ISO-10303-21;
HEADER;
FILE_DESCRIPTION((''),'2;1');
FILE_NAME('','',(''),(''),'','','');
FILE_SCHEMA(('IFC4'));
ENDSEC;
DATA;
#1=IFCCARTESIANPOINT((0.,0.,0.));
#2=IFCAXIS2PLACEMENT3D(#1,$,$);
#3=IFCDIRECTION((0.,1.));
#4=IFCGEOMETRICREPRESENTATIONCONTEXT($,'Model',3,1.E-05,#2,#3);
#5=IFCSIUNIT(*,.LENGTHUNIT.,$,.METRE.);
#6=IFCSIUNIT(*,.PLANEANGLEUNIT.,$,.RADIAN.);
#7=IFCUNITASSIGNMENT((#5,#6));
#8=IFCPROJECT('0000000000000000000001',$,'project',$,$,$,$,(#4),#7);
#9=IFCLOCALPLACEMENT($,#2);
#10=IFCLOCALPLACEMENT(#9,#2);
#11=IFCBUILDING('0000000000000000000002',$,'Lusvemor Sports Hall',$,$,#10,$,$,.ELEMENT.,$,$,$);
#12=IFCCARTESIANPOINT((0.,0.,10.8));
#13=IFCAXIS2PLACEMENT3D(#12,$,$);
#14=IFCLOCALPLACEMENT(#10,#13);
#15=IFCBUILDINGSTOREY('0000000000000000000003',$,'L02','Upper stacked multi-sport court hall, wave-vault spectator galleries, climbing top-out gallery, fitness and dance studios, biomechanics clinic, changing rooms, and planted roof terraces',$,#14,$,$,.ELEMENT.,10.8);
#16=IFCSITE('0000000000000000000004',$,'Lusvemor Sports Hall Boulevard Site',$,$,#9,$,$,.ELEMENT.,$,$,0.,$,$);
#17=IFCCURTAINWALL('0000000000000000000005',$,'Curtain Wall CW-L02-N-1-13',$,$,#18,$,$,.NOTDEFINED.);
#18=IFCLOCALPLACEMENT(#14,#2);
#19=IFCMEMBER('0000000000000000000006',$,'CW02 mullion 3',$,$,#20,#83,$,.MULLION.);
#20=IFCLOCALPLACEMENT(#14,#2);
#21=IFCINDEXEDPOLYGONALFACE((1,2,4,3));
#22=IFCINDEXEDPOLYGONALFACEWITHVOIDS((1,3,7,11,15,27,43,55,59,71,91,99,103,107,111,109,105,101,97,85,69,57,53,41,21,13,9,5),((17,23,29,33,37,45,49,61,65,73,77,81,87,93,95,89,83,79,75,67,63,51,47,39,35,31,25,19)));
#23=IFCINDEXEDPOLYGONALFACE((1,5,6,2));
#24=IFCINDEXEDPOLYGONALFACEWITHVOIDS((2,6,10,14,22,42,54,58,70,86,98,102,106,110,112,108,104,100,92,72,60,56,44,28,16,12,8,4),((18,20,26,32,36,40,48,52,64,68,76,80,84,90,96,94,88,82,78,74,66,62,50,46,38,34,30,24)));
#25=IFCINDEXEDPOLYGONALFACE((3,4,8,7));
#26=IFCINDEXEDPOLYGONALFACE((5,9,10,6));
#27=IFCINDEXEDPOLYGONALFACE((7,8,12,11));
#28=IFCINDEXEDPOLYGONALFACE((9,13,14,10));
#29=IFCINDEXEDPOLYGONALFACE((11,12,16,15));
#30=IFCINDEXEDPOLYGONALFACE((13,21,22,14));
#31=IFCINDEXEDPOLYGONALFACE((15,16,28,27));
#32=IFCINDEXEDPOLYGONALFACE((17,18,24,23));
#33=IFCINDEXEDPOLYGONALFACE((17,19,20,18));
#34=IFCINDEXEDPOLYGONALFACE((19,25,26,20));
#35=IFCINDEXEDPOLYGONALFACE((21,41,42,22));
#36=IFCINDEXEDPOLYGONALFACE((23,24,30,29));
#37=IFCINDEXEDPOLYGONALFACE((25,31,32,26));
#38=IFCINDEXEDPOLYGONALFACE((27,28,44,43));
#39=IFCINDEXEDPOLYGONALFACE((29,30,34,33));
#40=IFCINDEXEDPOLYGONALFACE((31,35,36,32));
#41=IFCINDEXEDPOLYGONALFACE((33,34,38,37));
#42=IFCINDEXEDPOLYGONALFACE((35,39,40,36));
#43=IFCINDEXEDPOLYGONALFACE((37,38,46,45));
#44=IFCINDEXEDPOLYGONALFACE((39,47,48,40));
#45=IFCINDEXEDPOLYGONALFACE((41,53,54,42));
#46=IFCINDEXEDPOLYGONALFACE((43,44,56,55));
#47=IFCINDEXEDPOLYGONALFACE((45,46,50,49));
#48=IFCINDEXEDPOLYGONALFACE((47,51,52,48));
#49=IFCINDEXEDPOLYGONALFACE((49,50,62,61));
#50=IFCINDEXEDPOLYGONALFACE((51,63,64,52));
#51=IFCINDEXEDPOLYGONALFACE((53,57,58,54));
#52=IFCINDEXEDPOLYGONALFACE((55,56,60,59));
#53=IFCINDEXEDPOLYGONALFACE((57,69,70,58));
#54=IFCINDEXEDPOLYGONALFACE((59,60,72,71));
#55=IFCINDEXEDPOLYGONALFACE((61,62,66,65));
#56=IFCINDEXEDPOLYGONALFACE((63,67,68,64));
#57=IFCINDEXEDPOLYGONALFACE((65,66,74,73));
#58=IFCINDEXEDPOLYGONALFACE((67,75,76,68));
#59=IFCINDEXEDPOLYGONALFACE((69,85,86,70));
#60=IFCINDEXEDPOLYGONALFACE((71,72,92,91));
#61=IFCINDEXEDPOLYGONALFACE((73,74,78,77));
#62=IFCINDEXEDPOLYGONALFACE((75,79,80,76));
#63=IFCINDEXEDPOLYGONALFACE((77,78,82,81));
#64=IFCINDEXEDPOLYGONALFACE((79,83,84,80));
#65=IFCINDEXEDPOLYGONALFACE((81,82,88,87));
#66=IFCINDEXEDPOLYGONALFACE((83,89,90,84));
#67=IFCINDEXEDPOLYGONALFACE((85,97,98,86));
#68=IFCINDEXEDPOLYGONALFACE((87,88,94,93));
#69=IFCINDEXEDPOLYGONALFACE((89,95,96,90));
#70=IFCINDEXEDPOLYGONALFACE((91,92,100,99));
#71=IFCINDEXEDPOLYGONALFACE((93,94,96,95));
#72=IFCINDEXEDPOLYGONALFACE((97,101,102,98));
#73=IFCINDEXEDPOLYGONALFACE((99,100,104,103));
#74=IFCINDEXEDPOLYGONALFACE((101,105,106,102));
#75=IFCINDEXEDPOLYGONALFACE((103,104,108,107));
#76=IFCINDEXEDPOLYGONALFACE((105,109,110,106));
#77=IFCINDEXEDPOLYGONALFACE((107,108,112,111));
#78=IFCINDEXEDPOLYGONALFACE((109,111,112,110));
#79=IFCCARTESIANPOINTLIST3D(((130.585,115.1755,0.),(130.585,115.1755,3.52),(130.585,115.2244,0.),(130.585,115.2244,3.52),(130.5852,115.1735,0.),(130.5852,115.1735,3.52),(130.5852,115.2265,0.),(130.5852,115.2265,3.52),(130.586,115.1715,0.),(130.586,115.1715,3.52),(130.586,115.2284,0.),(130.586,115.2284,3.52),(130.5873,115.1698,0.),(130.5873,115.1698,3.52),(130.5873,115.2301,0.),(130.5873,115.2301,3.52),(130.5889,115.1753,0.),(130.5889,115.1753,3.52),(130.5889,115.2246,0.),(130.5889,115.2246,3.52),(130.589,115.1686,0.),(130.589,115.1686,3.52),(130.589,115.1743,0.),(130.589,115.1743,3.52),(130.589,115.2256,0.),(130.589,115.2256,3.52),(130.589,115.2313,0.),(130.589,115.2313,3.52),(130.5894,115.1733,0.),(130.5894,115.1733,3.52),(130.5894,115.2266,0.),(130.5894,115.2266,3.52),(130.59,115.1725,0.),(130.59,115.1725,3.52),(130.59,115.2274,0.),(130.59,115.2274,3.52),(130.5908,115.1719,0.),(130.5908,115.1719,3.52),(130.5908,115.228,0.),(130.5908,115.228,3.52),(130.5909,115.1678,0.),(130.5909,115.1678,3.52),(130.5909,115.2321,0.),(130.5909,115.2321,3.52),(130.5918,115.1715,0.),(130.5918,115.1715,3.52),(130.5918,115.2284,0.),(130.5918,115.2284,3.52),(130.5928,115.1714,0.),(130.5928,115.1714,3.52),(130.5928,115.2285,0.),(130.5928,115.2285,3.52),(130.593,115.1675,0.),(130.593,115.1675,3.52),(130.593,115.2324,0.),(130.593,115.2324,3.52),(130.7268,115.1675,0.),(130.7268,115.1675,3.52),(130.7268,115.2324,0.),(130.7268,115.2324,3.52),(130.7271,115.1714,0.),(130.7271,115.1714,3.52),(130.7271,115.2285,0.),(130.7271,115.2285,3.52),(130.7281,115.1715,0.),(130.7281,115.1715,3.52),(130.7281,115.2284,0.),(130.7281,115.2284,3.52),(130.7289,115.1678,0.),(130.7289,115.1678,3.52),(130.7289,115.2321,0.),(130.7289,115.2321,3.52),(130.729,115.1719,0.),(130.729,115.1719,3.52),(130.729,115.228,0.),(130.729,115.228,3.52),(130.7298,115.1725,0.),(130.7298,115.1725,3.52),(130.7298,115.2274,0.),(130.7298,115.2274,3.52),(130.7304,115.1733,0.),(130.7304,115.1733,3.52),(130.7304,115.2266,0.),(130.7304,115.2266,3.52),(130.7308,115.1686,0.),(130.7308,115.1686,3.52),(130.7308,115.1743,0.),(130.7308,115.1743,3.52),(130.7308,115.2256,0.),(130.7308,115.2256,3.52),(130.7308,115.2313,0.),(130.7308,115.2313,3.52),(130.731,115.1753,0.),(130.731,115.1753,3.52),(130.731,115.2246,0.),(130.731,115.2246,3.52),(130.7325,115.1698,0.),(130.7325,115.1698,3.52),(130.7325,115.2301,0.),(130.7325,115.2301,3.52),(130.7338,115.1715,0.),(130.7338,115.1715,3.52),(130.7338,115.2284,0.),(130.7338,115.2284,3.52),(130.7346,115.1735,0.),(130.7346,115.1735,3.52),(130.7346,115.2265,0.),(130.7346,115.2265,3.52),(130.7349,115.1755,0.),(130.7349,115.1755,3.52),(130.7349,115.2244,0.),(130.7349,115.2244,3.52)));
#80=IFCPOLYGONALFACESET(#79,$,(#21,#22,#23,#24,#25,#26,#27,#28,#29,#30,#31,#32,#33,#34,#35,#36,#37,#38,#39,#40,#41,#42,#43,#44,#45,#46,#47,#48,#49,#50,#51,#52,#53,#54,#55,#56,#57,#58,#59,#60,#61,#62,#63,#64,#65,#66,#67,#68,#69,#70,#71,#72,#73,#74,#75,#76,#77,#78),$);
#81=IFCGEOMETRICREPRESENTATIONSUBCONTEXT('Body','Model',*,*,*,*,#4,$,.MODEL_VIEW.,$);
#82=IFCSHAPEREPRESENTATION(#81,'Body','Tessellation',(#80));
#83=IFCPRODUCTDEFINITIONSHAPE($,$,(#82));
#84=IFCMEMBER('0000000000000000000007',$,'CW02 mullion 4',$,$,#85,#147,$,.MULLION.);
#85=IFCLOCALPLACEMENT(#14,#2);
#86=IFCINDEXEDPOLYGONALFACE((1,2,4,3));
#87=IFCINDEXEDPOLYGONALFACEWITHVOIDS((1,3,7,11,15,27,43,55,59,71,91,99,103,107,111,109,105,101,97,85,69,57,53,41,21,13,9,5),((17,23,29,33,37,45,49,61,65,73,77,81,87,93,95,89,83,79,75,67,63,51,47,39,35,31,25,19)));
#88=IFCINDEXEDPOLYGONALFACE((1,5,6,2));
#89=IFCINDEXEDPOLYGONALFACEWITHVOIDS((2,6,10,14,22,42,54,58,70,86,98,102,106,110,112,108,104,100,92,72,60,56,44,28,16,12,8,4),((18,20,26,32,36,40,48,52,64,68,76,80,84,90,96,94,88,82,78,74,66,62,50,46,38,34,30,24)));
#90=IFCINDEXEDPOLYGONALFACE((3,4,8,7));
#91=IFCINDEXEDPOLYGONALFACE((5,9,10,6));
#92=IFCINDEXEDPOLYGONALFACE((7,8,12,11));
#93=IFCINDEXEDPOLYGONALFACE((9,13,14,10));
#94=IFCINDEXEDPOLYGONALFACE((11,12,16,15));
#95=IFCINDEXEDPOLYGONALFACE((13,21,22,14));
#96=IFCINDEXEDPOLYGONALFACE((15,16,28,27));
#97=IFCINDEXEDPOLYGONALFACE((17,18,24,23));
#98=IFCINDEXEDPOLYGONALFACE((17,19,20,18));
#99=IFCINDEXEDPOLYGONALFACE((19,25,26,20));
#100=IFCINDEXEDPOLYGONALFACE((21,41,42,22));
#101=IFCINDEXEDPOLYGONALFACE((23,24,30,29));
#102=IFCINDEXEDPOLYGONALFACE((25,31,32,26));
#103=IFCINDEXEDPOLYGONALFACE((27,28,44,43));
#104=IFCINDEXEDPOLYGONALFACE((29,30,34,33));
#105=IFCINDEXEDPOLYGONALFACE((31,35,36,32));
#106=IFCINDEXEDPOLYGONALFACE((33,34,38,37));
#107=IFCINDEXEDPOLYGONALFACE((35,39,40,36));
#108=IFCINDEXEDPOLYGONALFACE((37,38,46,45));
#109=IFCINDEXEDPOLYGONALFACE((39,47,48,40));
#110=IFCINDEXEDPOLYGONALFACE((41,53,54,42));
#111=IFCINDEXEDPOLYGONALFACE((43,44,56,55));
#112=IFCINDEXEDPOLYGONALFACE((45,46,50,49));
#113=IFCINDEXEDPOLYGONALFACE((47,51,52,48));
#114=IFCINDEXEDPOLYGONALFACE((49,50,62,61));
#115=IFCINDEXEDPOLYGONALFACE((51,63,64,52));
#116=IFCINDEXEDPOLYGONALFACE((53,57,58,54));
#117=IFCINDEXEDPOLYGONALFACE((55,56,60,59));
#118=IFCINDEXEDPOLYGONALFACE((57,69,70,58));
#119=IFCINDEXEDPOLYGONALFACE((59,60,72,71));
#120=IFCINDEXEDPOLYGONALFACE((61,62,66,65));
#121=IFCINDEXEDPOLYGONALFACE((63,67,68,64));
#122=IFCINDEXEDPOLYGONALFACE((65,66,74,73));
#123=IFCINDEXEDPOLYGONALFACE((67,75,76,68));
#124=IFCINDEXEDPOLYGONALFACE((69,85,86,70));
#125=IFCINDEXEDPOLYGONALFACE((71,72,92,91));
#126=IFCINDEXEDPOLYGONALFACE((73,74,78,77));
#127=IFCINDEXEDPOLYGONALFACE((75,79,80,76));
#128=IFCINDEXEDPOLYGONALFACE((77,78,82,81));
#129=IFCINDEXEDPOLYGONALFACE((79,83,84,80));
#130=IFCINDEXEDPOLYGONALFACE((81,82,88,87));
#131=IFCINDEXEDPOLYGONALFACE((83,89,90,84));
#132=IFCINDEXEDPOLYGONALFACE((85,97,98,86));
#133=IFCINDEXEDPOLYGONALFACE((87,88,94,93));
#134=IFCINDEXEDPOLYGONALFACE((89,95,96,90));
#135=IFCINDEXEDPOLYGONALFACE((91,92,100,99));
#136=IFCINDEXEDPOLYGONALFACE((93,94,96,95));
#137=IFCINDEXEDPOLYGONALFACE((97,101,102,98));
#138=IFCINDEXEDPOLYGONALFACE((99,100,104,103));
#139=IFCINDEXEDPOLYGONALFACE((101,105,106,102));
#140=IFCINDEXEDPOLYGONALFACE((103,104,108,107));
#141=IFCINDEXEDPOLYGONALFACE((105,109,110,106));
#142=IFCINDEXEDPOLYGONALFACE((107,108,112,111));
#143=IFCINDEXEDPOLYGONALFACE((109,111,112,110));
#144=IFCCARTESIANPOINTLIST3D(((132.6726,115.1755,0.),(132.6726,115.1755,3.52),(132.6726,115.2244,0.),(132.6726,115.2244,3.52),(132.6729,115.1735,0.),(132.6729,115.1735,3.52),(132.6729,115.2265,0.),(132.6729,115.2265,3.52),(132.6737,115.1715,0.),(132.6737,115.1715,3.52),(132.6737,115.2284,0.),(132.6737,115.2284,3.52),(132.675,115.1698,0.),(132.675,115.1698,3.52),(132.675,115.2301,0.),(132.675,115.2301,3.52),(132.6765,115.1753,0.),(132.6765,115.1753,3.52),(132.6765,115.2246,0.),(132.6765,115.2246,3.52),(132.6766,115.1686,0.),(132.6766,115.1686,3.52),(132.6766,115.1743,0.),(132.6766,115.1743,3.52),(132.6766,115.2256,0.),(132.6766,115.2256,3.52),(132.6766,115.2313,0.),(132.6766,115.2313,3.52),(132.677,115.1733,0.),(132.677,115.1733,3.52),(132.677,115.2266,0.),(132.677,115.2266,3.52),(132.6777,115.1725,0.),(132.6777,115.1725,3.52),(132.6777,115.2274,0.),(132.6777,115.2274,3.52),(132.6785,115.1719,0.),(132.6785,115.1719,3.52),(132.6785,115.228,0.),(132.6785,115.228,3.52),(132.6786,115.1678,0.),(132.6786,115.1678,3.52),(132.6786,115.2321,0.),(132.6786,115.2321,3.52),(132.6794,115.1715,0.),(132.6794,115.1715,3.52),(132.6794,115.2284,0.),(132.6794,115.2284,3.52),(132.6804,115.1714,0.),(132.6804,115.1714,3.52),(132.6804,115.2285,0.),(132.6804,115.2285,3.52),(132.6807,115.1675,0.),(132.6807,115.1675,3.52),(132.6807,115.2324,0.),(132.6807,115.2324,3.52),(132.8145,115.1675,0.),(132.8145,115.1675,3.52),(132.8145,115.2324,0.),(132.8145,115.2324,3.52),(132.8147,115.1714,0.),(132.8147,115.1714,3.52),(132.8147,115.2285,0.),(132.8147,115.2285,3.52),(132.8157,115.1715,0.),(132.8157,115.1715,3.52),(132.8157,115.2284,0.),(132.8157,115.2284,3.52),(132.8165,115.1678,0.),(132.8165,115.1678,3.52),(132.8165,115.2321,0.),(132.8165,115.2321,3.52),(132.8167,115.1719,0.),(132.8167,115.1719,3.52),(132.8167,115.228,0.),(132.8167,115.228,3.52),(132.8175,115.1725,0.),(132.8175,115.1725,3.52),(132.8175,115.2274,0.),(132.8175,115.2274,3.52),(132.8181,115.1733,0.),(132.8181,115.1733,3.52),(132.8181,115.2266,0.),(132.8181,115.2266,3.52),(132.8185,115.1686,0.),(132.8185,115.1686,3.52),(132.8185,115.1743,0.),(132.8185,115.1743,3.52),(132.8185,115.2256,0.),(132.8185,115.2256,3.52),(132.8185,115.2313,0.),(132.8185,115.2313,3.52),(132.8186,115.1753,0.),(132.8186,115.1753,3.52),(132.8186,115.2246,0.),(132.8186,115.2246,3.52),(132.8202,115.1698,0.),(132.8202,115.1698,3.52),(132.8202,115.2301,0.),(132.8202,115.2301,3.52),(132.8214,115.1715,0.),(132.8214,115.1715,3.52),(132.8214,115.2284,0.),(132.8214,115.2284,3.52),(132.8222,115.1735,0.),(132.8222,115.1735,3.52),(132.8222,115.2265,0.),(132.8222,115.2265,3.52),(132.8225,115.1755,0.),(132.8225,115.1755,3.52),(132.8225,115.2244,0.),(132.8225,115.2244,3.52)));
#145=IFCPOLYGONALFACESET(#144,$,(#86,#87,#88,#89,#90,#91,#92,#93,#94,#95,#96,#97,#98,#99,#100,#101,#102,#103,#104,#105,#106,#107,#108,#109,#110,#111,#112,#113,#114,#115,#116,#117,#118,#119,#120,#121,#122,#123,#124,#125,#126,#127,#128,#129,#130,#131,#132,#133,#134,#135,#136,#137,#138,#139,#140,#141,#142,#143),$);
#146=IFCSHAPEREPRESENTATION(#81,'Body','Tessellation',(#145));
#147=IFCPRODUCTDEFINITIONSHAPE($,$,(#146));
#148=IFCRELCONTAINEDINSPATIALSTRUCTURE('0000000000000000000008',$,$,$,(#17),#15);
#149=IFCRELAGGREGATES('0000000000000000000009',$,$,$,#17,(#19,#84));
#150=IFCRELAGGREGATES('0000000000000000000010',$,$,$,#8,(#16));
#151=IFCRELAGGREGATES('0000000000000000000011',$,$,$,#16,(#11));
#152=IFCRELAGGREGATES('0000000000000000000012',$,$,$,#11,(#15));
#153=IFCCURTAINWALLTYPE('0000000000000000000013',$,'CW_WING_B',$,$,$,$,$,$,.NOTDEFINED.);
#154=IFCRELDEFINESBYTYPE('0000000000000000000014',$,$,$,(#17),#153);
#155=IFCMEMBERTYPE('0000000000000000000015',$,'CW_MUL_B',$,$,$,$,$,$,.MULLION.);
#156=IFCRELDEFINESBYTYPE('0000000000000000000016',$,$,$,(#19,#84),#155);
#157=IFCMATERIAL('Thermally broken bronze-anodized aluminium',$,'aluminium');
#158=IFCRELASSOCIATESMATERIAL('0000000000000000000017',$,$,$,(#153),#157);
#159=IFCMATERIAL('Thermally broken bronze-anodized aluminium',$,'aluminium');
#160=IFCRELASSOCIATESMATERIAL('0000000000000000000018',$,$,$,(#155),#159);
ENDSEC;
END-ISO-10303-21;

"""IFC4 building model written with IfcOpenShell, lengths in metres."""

from ifc_helpers import new_model, si_unit, direction, frame, origin, origin_2d, place, context, subcontext, project, spatial, hollow_rectangle, extrude, material, material_profile, profile_set, type_object, element, aggregate, save


model = new_model("IFC4")

# Units and contexts
model_context = context("Model", 3, precision=1e-05, world=origin(), true_north=direction((0.0, 1.0)))
body_context = subcontext(model_context, "Body", "Model", "MODEL_VIEW")
ifc_project = project(units=[si_unit("LENGTHUNIT", "METRE"), si_unit("PLANEANGLEUNIT", "RADIAN")], contexts=[model_context])

# Site, building, storey
site_placement = place(None, origin())
site = spatial("IfcSite", under=ifc_project, at=site_placement, Name="Lusvemor Sports Hall Boulevard Site", CompositionType="ELEMENT", RefElevation=0.0)
building_placement = place(site_placement, origin())
building = spatial("IfcBuilding", under=site, at=building_placement, Name="Lusvemor Sports Hall", CompositionType="ELEMENT")
storey_placement = place(building_placement, frame((0.0, 0.0, 10.8)))
storey = spatial("IfcBuildingStorey", under=building, at=storey_placement, Name="L02", Description="Upper stacked multi-sport court hall, wave-vault spectator galleries, climbing top-out gallery, fitness and dance studios, biomechanics clinic, changing rooms, and planted roof terraces", CompositionType="ELEMENT", Elevation=10.8)

# Curtain wall, members
ifc_material_1 = material(Name="Thermally broken bronze-anodized aluminium", Category="aluminium")
curtain_wall_type_1 = type_object("IfcCurtainWallType", Name="CW_WING_B", PredefinedType="NOTDEFINED", material=ifc_material_1)
curtain_wall_1_placement = place(storey_placement, origin())
curtain_wall_1 = element("IfcCurtainWall", 1, at=curtain_wall_1_placement, inside=storey, type_object=curtain_wall_type_1, Name="Curtain Wall CW-L02-N-1-13", PredefinedType="NOTDEFINED")
ifc_material_2 = material(Name="Thermally broken bronze-anodized aluminium", Category="aluminium")
ifc_material_profile_1 = material_profile(ifc_material_2, hollow_rectangle(XDim=0.0649, YDim=0.1499, WallThickness=0.0039, InnerFilletRadius=0.0039, OuterFilletRadius=0.0081, at=origin_2d()), Name="CWMUL150x65x4")
ifc_profile_set_1 = profile_set([ifc_material_profile_1], Name="Thermally broken bronze-anodized aluminium")
member_type_1 = type_object("IfcMemberType", Name="CW_MUL_B", PredefinedType="MULLION", material=ifc_profile_set_1)
member_1_placement = place(storey_placement, frame((130.6599, 115.2, 0.0), z_axis=(0.0, 0.0, 1.0), x_axis=(0.0, 1.0, 0.0)))
member_1 = element("IfcMember", 2, at=member_1_placement, type_object=member_type_1, Name="CW02 mullion 3", PredefinedType="MULLION", context=body_context, shape_type="SweptSolid", body=[
    extrude(hollow_rectangle(XDim=0.0649, YDim=0.1499, WallThickness=0.0039, InnerFilletRadius=0.0039, OuterFilletRadius=0.0081, at=origin_2d()), origin(), (0.0, 0.0, 1.0), 3.52),
])
member_2_placement = place(storey_placement, frame((132.7476, 115.2, 0.0), z_axis=(0.0, 0.0, 1.0), x_axis=(0.0, 1.0, 0.0)))
member_2 = element("IfcMember", 3, at=member_2_placement, type_object=member_type_1, Name="CW02 mullion 4", PredefinedType="MULLION", context=body_context, shape_type="SweptSolid", body=[
    extrude(hollow_rectangle(XDim=0.0649, YDim=0.1499, WallThickness=0.0039, InnerFilletRadius=0.0039, OuterFilletRadius=0.0081, at=origin_2d()), origin(), (0.0, 0.0, 1.0), 3.52),
])

aggregate(curtain_wall_1, [member_1, member_2])

save(model, "model.ifc")
